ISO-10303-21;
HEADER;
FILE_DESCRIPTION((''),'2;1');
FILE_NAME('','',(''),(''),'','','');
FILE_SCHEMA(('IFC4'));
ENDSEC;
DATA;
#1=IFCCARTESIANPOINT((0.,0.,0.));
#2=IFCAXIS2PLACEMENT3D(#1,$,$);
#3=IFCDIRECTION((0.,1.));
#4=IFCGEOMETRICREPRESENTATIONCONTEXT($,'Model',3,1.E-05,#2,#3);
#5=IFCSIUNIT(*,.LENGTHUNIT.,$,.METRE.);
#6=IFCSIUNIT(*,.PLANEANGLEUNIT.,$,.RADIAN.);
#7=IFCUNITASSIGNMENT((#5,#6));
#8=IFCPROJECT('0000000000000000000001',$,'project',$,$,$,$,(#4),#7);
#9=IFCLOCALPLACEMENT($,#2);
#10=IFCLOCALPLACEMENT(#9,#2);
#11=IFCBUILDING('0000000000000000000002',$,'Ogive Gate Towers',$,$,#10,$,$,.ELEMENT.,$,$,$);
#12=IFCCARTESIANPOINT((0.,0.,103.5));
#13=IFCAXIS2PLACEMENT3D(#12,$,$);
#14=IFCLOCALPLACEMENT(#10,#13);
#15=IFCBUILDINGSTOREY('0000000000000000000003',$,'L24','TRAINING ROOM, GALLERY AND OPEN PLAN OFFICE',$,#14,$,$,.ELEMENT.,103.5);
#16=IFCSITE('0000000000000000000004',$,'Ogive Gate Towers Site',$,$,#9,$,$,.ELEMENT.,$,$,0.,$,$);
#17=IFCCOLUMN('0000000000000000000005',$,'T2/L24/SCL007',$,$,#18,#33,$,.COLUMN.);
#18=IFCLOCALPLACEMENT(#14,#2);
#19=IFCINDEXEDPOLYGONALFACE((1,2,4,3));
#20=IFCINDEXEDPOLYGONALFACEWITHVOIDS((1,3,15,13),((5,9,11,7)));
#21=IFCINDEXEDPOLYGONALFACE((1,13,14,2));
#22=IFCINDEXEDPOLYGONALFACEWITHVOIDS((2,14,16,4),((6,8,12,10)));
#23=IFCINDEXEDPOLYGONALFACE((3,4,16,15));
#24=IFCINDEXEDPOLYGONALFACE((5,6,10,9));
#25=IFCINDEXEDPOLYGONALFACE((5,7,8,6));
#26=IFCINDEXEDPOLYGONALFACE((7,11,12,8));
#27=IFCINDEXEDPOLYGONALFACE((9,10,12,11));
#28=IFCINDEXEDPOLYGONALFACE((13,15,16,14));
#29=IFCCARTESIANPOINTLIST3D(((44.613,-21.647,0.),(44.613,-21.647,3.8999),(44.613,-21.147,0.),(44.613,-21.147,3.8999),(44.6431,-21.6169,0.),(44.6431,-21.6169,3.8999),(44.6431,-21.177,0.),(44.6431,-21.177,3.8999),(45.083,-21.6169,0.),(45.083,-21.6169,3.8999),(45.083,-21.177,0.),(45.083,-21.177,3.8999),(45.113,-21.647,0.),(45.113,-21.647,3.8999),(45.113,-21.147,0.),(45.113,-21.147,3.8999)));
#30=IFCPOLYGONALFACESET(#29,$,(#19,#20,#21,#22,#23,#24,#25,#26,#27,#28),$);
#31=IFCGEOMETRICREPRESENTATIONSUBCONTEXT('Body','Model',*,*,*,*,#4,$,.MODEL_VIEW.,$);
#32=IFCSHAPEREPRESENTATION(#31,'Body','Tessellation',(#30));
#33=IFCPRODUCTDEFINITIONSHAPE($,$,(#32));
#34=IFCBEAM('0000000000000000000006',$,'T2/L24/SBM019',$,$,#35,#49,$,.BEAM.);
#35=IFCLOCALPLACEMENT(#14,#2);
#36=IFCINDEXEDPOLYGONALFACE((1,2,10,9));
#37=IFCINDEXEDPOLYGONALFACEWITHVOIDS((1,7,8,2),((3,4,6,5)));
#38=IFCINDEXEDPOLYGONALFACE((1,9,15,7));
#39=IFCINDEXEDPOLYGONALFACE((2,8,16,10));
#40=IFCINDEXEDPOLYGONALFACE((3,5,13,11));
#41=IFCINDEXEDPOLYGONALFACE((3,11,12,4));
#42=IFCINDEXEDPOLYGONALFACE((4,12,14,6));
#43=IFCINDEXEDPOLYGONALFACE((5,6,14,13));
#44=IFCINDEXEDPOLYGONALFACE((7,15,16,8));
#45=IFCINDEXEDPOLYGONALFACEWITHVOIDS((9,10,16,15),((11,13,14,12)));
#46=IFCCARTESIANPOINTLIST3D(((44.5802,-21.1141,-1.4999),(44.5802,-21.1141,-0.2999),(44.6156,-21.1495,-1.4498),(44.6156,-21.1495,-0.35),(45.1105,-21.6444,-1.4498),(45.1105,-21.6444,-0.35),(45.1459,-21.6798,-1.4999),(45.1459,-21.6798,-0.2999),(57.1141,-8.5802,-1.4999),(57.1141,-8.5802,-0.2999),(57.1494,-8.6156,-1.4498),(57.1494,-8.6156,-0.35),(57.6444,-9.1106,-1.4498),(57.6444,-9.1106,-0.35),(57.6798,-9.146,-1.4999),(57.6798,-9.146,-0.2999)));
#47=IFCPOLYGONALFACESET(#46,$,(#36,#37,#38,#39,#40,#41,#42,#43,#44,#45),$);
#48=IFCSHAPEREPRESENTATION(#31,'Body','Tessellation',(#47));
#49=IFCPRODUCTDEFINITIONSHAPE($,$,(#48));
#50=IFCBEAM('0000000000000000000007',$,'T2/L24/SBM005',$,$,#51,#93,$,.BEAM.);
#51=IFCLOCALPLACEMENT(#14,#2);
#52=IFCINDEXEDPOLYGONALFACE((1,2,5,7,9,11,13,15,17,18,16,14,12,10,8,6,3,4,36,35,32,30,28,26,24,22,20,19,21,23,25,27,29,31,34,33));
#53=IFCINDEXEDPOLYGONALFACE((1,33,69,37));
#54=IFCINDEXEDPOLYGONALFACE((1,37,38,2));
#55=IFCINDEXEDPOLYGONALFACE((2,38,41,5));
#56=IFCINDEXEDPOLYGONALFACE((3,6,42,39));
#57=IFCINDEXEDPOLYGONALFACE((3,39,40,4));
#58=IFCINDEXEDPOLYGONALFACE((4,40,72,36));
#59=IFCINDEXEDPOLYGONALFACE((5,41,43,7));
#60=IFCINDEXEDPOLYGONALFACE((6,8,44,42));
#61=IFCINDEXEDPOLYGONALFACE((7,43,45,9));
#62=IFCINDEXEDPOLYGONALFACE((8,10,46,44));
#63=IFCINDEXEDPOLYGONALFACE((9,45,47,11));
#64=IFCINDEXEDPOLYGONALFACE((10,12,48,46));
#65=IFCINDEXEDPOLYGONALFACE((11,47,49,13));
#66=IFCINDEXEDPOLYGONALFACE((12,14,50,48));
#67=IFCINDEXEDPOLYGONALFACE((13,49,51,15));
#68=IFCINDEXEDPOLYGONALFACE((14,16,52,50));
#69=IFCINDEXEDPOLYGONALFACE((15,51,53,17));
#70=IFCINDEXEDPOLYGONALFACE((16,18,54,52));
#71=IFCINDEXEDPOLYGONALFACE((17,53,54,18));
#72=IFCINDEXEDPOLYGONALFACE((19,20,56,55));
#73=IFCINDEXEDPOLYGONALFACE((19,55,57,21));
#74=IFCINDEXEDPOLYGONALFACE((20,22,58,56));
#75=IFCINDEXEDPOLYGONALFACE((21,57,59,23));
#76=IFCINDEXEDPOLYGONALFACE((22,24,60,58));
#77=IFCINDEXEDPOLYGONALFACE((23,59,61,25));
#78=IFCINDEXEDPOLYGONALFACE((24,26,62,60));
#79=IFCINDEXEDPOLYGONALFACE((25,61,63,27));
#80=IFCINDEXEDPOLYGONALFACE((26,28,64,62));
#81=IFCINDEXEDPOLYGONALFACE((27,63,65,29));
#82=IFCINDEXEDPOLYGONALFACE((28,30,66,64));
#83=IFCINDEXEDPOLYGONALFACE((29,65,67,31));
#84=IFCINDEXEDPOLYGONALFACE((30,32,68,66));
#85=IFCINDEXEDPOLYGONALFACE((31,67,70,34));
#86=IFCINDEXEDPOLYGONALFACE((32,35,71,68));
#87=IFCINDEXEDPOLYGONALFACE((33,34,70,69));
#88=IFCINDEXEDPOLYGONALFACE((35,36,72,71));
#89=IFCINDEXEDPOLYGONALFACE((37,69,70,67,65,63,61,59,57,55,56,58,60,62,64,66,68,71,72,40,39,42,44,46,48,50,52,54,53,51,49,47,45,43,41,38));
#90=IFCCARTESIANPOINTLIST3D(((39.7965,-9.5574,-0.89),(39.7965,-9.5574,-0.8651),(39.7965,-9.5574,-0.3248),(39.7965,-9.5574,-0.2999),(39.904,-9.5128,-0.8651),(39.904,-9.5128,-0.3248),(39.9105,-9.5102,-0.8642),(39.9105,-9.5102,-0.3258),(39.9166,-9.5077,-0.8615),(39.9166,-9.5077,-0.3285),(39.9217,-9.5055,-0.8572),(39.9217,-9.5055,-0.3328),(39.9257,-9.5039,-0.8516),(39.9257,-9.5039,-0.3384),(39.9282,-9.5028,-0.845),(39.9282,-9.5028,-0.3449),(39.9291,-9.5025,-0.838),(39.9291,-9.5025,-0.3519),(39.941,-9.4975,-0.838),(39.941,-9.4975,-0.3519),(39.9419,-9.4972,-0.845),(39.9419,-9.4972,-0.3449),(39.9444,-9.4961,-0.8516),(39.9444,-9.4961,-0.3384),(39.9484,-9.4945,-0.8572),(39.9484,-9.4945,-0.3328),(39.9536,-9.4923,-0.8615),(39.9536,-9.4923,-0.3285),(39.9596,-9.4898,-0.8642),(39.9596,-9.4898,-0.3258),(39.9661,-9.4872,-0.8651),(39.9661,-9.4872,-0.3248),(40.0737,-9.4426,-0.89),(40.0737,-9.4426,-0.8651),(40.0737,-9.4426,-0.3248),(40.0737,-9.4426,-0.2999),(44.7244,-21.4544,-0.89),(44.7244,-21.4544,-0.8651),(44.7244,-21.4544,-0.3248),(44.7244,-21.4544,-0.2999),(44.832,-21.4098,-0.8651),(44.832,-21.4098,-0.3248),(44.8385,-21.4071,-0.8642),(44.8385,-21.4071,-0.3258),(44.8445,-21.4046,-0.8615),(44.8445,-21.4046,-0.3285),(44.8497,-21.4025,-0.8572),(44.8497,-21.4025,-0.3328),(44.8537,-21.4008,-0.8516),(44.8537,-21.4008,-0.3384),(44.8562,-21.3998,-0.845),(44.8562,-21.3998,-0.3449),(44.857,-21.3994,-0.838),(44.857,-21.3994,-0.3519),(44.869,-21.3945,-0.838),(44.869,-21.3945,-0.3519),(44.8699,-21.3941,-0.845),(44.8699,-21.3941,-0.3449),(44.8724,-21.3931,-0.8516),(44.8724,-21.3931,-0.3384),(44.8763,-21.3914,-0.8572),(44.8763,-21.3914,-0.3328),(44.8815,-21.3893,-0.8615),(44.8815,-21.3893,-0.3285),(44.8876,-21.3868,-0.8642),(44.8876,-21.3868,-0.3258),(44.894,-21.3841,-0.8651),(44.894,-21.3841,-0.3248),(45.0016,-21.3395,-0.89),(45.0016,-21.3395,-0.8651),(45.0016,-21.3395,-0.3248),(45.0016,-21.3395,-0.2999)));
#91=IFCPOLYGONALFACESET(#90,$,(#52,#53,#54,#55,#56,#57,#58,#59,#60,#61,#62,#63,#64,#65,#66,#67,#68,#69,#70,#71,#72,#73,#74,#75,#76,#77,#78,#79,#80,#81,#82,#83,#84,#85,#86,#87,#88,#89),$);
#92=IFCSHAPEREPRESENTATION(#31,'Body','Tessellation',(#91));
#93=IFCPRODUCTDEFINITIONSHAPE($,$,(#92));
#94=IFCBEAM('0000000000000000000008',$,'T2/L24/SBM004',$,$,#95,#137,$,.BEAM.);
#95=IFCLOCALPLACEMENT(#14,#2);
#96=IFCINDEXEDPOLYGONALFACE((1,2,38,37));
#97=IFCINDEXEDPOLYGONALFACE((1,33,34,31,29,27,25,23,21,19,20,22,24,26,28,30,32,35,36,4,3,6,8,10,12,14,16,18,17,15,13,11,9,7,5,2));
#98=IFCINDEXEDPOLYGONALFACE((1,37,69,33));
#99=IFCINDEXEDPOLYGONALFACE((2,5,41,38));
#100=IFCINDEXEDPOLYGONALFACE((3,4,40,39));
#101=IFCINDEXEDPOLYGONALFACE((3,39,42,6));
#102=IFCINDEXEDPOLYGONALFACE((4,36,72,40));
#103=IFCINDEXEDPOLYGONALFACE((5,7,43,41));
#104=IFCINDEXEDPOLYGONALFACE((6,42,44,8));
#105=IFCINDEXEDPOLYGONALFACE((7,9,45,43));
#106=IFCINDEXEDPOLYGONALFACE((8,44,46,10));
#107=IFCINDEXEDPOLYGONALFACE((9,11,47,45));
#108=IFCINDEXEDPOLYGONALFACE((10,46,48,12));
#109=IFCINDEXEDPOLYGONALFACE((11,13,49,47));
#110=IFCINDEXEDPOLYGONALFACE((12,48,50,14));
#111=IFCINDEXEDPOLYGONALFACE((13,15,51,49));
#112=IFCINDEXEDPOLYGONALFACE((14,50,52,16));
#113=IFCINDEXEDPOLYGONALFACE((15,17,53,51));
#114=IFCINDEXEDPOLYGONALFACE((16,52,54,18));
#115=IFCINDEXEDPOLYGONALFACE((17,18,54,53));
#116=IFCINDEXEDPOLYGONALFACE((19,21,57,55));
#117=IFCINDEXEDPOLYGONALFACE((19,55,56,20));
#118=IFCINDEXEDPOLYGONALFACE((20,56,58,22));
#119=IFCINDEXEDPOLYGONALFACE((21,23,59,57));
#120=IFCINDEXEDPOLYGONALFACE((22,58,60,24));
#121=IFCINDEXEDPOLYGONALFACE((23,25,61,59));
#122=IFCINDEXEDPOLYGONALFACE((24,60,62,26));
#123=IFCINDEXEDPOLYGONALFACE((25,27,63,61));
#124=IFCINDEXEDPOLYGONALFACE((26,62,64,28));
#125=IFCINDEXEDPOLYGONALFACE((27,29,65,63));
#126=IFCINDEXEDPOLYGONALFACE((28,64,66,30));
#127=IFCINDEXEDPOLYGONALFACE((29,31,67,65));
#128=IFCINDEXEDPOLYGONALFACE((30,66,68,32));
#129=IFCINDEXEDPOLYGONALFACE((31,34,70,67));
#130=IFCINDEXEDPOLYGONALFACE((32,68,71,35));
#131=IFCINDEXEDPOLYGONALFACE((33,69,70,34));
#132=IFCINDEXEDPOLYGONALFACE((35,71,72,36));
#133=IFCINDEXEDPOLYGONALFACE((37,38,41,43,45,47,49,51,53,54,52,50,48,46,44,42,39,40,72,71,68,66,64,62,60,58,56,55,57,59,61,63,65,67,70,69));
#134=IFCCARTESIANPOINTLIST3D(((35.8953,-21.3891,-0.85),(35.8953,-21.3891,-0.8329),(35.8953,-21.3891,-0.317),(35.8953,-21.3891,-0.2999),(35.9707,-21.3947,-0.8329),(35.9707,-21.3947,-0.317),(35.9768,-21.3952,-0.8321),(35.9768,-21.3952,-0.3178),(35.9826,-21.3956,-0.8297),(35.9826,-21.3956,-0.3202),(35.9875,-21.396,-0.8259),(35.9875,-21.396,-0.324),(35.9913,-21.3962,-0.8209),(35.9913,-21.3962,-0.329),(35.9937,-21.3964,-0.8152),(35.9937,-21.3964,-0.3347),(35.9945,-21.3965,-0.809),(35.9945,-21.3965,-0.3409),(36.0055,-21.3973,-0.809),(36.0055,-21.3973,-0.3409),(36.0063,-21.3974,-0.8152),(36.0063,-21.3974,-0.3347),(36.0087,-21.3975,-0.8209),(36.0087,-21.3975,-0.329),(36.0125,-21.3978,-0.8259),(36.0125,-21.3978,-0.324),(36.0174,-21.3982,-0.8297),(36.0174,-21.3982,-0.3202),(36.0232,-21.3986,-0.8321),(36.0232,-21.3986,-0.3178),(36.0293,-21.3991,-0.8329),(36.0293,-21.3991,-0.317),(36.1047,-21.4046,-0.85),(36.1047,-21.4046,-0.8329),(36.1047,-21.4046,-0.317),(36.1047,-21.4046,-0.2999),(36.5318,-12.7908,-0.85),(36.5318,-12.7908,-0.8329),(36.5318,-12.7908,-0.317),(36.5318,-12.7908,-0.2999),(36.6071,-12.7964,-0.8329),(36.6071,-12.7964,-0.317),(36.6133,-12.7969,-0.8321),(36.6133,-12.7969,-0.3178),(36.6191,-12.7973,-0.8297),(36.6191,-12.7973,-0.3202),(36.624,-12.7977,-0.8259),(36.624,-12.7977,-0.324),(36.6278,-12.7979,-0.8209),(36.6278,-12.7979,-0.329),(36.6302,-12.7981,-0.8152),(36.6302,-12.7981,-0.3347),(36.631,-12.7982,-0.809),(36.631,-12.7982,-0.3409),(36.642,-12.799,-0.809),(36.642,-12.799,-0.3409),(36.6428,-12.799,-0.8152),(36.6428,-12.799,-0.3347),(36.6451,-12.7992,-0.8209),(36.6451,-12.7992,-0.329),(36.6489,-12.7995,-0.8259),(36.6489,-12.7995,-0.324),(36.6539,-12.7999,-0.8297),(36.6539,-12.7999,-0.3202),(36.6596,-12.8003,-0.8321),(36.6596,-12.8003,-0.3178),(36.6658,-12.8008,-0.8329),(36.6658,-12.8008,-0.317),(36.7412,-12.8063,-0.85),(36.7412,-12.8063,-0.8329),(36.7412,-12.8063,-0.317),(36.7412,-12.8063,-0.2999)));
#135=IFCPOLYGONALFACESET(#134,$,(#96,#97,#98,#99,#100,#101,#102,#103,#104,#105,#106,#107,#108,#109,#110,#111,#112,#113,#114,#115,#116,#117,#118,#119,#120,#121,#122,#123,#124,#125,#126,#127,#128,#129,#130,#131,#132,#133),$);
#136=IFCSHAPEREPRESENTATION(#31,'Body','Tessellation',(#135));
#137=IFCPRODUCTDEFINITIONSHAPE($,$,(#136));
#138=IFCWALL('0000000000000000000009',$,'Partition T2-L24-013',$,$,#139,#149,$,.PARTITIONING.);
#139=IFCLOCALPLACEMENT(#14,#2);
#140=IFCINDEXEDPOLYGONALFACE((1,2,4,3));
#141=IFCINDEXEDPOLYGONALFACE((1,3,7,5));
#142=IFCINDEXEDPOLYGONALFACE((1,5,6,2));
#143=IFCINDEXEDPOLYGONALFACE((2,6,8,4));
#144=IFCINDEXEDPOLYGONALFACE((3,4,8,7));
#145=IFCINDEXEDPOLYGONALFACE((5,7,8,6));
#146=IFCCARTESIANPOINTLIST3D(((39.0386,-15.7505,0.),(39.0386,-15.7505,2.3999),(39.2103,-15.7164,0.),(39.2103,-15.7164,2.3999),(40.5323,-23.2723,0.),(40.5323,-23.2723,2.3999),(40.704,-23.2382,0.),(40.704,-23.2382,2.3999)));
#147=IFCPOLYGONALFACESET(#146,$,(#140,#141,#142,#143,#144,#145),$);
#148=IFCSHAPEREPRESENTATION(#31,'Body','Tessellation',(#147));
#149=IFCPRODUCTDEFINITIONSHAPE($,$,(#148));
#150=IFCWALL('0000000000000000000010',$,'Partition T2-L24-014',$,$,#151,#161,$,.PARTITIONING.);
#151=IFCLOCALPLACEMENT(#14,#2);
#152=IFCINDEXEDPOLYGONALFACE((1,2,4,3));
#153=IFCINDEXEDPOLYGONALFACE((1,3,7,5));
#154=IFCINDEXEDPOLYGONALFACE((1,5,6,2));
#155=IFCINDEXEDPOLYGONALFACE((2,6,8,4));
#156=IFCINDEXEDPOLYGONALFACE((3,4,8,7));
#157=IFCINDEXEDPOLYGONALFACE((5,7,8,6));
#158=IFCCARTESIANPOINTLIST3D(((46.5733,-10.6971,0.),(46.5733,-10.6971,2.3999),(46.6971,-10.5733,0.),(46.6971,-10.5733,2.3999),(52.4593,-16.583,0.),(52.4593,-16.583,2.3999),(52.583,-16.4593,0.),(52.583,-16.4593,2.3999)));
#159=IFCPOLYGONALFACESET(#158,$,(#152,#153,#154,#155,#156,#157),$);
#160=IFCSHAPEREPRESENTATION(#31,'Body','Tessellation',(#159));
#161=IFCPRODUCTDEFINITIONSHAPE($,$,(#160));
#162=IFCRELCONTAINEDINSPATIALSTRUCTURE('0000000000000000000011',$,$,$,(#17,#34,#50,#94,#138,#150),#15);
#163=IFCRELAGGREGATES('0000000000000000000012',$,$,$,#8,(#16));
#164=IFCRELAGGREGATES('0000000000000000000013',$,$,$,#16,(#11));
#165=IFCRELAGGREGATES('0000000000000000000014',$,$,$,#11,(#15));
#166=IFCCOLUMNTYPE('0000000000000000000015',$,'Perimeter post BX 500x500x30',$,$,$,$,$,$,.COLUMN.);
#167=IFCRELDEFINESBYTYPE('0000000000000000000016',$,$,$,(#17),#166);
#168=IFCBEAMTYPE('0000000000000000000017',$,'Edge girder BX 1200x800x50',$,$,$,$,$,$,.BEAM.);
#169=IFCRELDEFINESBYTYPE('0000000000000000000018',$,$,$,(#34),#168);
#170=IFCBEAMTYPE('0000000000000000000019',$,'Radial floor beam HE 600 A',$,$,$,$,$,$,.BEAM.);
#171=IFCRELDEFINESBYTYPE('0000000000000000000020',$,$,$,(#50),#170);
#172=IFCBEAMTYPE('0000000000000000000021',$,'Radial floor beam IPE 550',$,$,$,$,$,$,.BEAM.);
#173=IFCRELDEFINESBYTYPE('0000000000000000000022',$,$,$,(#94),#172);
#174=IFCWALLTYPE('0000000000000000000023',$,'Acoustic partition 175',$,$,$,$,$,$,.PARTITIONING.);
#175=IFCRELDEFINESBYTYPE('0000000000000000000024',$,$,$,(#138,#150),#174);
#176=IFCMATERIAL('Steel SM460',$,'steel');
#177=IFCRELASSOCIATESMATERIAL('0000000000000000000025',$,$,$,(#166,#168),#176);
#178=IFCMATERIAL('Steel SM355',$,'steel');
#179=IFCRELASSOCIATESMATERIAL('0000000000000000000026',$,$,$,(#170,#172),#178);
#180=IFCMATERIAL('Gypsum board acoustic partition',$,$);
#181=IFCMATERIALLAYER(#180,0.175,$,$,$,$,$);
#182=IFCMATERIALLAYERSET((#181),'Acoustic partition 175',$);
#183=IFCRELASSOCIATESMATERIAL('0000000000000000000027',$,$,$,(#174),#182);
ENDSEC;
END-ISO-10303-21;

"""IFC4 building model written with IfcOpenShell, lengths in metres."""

from ifc_helpers import new_model, si_unit, direction, frame, frame_2d, origin, origin_2d, place, context, subcontext, project, spatial, rectangle, hollow_rectangle, i_section, extrude, material, layer, layer_set, material_profile, profile_set, type_object, element, save


model = new_model("IFC4")

# Units and contexts
model_context = context("Model", 3, precision=1e-05, world=origin(), true_north=direction((0.0, 1.0)))
body_context = subcontext(model_context, "Body", "Model", "MODEL_VIEW")
ifc_project = project(units=[si_unit("LENGTHUNIT", "METRE"), si_unit("PLANEANGLEUNIT", "RADIAN")], contexts=[model_context])

# Site, building, storey
site_placement = place(None, origin())
site = spatial("IfcSite", under=ifc_project, at=site_placement, Name="Ogive Gate Towers Site", CompositionType="ELEMENT", RefElevation=0.0)
building_placement = place(site_placement, origin())
building = spatial("IfcBuilding", under=site, at=building_placement, Name="Ogive Gate Towers", CompositionType="ELEMENT")
storey_placement = place(building_placement, frame((0.0, 0.0, 103.5)))
storey = spatial("IfcBuildingStorey", under=building, at=storey_placement, Name="L24", Description="TRAINING ROOM, GALLERY AND OPEN PLAN OFFICE", CompositionType="ELEMENT", Elevation=103.5)

# Column
ifc_material_1 = material(Name="Steel SM460", Category="steel")
ifc_material_profile_1 = material_profile(ifc_material_1, hollow_rectangle(XDim=0.5, YDim=0.5, WallThickness=0.03, at=origin_2d()), Name="BX 500x500x30")
ifc_profile_set_1 = profile_set([ifc_material_profile_1], Name="Steel SM460")
column_type = type_object("IfcColumnType", Name="Perimeter post BX 500x500x30", PredefinedType="COLUMN", material=ifc_profile_set_1)
column_placement = place(storey_placement, frame((44.863, -21.397, 0.0), z_axis=(0.0, 0.0, 1.0), x_axis=(1.0, 0.0, 0.0)))
element("IfcColumn", 1, at=column_placement, inside=storey, type_object=column_type, Name="T2/L24/SCL007", PredefinedType="COLUMN", context=body_context, shape_type="SweptSolid", body=[
    extrude(hollow_rectangle(XDim=0.5, YDim=0.5, WallThickness=0.03, at=origin_2d()), origin(), (0.0, 0.0, 1.0), 3.8999),
])

# Beams
ifc_material_profile_2 = material_profile(ifc_material_1, hollow_rectangle(XDim=0.8, YDim=1.2, WallThickness=0.05, at=origin_2d()), Name="BX 1200x800x50")
ifc_profile_set_2 = profile_set([ifc_material_profile_2], Name="Steel SM460")
beam_type_1 = type_object("IfcBeamType", Name="Edge girder BX 1200x800x50", PredefinedType="BEAM", material=ifc_profile_set_2)
beam_1_placement = place(storey_placement, frame((44.863, -21.397, -0.8999), z_axis=(0.707107, 0.707107, 0.0), x_axis=(-0.707107, 0.707107, 0.0)))
element("IfcBeam", 2, at=beam_1_placement, inside=storey, type_object=beam_type_1, Name="T2/L24/SBM019", PredefinedType="BEAM", context=body_context, shape_type="SweptSolid", body=[
    extrude(hollow_rectangle(XDim=0.8, YDim=1.2, WallThickness=0.05, at=origin_2d()), origin(), (0.0, 0.0, 1.0), 17.7256),
])
ifc_material_2 = material(Name="Steel SM355", Category="steel")
ifc_material_profile_3 = material_profile(ifc_material_2, i_section(OverallWidth=0.3, OverallDepth=0.5901, WebThickness=0.0129, FlangeThickness=0.0249, FilletRadius=0.0271, at=origin_2d()), Name="HE 600 A")
ifc_profile_set_3 = profile_set([ifc_material_profile_3], Name="Steel SM355")
beam_type_2 = type_object("IfcBeamType", Name="Radial floor beam HE 600 A", PredefinedType="BEAM", material=ifc_profile_set_3)
beam_2_placement = place(storey_placement, frame((39.9351, -9.5, -0.595), z_axis=(0.382689, -0.923877, 0.0), x_axis=(0.923877, 0.382689, 0.0)))
element("IfcBeam", 3, at=beam_2_placement, inside=storey, type_object=beam_type_2, Name="T2/L24/SBM005", PredefinedType="BEAM", context=body_context, shape_type="SweptSolid", body=[
    extrude(i_section(OverallWidth=0.3, OverallDepth=0.5901, WebThickness=0.0129, FlangeThickness=0.0249, FilletRadius=0.0271, at=origin_2d()), origin(), (0.0, 0.0, 1.0), 12.8772),
])
ifc_material_profile_4 = material_profile(ifc_material_2, i_section(OverallWidth=0.21, OverallDepth=0.55, WebThickness=0.011, FlangeThickness=0.0171, FilletRadius=0.0239, at=origin_2d()), Name="IPE 550")
ifc_profile_set_4 = profile_set([ifc_material_profile_4], Name="Steel SM355")
beam_type_3 = type_object("IfcBeamType", Name="Radial floor beam IPE 550", PredefinedType="BEAM", material=ifc_profile_set_4)
beam_3_placement = place(storey_placement, frame((36.6365, -12.7986, -0.575), z_axis=(-0.073821, -0.997272, 0.0), x_axis=(0.997272, -0.073821, 0.0)))
element("IfcBeam", 4, at=beam_3_placement, inside=storey, type_object=beam_type_3, Name="T2/L24/SBM004", PredefinedType="BEAM", context=body_context, shape_type="SweptSolid", body=[
    extrude(i_section(OverallWidth=0.21, OverallDepth=0.55, WebThickness=0.011, FlangeThickness=0.0171, FilletRadius=0.0239, at=origin_2d()), origin(), (0.0, 0.0, 1.0), 8.6218),
])

# Walls
ifc_material_3 = material(Name="Gypsum board acoustic partition")
ifc_layer_1 = layer(ifc_material_3, 0.175)
ifc_layer_set_1 = layer_set([ifc_layer_1], Name="Acoustic partition 175")
wall_type_1 = type_object("IfcWallType", Name="Acoustic partition 175", PredefinedType="PARTITIONING", material=ifc_layer_set_1)
wall_1_placement = place(storey_placement, frame((40.6182, -23.2554, 0.0), z_axis=(0.0, 0.0, 1.0), x_axis=(-0.194775, 0.980848, 0.0)))
element("IfcWall", 5, at=wall_1_placement, inside=storey, type_object=wall_type_1, Name="Partition T2-L24-013", PredefinedType="PARTITIONING", context=body_context, shape_type="SweptSolid", body=[
    extrude(rectangle(XDim=7.6687, YDim=0.175, at=frame_2d((3.8345, 0.0))), origin(), (0.0, 0.0, 1.0), 2.3999),
])
wall_2_placement = place(storey_placement, frame((52.5212, -16.5212, 0.0), z_axis=(0.0, 0.0, 1.0), x_axis=(-0.707107, 0.707107, 0.0)))
element("IfcWall", 6, at=wall_2_placement, inside=storey, type_object=wall_type_1, Name="Partition T2-L24-014", PredefinedType="PARTITIONING", context=body_context, shape_type="SweptSolid", body=[
    extrude(rectangle(XDim=8.324, YDim=0.175, at=frame_2d((4.1621, 0.0))), origin(), (0.0, 0.0, 1.0), 2.3999),
])

save(model, "model.ifc")
